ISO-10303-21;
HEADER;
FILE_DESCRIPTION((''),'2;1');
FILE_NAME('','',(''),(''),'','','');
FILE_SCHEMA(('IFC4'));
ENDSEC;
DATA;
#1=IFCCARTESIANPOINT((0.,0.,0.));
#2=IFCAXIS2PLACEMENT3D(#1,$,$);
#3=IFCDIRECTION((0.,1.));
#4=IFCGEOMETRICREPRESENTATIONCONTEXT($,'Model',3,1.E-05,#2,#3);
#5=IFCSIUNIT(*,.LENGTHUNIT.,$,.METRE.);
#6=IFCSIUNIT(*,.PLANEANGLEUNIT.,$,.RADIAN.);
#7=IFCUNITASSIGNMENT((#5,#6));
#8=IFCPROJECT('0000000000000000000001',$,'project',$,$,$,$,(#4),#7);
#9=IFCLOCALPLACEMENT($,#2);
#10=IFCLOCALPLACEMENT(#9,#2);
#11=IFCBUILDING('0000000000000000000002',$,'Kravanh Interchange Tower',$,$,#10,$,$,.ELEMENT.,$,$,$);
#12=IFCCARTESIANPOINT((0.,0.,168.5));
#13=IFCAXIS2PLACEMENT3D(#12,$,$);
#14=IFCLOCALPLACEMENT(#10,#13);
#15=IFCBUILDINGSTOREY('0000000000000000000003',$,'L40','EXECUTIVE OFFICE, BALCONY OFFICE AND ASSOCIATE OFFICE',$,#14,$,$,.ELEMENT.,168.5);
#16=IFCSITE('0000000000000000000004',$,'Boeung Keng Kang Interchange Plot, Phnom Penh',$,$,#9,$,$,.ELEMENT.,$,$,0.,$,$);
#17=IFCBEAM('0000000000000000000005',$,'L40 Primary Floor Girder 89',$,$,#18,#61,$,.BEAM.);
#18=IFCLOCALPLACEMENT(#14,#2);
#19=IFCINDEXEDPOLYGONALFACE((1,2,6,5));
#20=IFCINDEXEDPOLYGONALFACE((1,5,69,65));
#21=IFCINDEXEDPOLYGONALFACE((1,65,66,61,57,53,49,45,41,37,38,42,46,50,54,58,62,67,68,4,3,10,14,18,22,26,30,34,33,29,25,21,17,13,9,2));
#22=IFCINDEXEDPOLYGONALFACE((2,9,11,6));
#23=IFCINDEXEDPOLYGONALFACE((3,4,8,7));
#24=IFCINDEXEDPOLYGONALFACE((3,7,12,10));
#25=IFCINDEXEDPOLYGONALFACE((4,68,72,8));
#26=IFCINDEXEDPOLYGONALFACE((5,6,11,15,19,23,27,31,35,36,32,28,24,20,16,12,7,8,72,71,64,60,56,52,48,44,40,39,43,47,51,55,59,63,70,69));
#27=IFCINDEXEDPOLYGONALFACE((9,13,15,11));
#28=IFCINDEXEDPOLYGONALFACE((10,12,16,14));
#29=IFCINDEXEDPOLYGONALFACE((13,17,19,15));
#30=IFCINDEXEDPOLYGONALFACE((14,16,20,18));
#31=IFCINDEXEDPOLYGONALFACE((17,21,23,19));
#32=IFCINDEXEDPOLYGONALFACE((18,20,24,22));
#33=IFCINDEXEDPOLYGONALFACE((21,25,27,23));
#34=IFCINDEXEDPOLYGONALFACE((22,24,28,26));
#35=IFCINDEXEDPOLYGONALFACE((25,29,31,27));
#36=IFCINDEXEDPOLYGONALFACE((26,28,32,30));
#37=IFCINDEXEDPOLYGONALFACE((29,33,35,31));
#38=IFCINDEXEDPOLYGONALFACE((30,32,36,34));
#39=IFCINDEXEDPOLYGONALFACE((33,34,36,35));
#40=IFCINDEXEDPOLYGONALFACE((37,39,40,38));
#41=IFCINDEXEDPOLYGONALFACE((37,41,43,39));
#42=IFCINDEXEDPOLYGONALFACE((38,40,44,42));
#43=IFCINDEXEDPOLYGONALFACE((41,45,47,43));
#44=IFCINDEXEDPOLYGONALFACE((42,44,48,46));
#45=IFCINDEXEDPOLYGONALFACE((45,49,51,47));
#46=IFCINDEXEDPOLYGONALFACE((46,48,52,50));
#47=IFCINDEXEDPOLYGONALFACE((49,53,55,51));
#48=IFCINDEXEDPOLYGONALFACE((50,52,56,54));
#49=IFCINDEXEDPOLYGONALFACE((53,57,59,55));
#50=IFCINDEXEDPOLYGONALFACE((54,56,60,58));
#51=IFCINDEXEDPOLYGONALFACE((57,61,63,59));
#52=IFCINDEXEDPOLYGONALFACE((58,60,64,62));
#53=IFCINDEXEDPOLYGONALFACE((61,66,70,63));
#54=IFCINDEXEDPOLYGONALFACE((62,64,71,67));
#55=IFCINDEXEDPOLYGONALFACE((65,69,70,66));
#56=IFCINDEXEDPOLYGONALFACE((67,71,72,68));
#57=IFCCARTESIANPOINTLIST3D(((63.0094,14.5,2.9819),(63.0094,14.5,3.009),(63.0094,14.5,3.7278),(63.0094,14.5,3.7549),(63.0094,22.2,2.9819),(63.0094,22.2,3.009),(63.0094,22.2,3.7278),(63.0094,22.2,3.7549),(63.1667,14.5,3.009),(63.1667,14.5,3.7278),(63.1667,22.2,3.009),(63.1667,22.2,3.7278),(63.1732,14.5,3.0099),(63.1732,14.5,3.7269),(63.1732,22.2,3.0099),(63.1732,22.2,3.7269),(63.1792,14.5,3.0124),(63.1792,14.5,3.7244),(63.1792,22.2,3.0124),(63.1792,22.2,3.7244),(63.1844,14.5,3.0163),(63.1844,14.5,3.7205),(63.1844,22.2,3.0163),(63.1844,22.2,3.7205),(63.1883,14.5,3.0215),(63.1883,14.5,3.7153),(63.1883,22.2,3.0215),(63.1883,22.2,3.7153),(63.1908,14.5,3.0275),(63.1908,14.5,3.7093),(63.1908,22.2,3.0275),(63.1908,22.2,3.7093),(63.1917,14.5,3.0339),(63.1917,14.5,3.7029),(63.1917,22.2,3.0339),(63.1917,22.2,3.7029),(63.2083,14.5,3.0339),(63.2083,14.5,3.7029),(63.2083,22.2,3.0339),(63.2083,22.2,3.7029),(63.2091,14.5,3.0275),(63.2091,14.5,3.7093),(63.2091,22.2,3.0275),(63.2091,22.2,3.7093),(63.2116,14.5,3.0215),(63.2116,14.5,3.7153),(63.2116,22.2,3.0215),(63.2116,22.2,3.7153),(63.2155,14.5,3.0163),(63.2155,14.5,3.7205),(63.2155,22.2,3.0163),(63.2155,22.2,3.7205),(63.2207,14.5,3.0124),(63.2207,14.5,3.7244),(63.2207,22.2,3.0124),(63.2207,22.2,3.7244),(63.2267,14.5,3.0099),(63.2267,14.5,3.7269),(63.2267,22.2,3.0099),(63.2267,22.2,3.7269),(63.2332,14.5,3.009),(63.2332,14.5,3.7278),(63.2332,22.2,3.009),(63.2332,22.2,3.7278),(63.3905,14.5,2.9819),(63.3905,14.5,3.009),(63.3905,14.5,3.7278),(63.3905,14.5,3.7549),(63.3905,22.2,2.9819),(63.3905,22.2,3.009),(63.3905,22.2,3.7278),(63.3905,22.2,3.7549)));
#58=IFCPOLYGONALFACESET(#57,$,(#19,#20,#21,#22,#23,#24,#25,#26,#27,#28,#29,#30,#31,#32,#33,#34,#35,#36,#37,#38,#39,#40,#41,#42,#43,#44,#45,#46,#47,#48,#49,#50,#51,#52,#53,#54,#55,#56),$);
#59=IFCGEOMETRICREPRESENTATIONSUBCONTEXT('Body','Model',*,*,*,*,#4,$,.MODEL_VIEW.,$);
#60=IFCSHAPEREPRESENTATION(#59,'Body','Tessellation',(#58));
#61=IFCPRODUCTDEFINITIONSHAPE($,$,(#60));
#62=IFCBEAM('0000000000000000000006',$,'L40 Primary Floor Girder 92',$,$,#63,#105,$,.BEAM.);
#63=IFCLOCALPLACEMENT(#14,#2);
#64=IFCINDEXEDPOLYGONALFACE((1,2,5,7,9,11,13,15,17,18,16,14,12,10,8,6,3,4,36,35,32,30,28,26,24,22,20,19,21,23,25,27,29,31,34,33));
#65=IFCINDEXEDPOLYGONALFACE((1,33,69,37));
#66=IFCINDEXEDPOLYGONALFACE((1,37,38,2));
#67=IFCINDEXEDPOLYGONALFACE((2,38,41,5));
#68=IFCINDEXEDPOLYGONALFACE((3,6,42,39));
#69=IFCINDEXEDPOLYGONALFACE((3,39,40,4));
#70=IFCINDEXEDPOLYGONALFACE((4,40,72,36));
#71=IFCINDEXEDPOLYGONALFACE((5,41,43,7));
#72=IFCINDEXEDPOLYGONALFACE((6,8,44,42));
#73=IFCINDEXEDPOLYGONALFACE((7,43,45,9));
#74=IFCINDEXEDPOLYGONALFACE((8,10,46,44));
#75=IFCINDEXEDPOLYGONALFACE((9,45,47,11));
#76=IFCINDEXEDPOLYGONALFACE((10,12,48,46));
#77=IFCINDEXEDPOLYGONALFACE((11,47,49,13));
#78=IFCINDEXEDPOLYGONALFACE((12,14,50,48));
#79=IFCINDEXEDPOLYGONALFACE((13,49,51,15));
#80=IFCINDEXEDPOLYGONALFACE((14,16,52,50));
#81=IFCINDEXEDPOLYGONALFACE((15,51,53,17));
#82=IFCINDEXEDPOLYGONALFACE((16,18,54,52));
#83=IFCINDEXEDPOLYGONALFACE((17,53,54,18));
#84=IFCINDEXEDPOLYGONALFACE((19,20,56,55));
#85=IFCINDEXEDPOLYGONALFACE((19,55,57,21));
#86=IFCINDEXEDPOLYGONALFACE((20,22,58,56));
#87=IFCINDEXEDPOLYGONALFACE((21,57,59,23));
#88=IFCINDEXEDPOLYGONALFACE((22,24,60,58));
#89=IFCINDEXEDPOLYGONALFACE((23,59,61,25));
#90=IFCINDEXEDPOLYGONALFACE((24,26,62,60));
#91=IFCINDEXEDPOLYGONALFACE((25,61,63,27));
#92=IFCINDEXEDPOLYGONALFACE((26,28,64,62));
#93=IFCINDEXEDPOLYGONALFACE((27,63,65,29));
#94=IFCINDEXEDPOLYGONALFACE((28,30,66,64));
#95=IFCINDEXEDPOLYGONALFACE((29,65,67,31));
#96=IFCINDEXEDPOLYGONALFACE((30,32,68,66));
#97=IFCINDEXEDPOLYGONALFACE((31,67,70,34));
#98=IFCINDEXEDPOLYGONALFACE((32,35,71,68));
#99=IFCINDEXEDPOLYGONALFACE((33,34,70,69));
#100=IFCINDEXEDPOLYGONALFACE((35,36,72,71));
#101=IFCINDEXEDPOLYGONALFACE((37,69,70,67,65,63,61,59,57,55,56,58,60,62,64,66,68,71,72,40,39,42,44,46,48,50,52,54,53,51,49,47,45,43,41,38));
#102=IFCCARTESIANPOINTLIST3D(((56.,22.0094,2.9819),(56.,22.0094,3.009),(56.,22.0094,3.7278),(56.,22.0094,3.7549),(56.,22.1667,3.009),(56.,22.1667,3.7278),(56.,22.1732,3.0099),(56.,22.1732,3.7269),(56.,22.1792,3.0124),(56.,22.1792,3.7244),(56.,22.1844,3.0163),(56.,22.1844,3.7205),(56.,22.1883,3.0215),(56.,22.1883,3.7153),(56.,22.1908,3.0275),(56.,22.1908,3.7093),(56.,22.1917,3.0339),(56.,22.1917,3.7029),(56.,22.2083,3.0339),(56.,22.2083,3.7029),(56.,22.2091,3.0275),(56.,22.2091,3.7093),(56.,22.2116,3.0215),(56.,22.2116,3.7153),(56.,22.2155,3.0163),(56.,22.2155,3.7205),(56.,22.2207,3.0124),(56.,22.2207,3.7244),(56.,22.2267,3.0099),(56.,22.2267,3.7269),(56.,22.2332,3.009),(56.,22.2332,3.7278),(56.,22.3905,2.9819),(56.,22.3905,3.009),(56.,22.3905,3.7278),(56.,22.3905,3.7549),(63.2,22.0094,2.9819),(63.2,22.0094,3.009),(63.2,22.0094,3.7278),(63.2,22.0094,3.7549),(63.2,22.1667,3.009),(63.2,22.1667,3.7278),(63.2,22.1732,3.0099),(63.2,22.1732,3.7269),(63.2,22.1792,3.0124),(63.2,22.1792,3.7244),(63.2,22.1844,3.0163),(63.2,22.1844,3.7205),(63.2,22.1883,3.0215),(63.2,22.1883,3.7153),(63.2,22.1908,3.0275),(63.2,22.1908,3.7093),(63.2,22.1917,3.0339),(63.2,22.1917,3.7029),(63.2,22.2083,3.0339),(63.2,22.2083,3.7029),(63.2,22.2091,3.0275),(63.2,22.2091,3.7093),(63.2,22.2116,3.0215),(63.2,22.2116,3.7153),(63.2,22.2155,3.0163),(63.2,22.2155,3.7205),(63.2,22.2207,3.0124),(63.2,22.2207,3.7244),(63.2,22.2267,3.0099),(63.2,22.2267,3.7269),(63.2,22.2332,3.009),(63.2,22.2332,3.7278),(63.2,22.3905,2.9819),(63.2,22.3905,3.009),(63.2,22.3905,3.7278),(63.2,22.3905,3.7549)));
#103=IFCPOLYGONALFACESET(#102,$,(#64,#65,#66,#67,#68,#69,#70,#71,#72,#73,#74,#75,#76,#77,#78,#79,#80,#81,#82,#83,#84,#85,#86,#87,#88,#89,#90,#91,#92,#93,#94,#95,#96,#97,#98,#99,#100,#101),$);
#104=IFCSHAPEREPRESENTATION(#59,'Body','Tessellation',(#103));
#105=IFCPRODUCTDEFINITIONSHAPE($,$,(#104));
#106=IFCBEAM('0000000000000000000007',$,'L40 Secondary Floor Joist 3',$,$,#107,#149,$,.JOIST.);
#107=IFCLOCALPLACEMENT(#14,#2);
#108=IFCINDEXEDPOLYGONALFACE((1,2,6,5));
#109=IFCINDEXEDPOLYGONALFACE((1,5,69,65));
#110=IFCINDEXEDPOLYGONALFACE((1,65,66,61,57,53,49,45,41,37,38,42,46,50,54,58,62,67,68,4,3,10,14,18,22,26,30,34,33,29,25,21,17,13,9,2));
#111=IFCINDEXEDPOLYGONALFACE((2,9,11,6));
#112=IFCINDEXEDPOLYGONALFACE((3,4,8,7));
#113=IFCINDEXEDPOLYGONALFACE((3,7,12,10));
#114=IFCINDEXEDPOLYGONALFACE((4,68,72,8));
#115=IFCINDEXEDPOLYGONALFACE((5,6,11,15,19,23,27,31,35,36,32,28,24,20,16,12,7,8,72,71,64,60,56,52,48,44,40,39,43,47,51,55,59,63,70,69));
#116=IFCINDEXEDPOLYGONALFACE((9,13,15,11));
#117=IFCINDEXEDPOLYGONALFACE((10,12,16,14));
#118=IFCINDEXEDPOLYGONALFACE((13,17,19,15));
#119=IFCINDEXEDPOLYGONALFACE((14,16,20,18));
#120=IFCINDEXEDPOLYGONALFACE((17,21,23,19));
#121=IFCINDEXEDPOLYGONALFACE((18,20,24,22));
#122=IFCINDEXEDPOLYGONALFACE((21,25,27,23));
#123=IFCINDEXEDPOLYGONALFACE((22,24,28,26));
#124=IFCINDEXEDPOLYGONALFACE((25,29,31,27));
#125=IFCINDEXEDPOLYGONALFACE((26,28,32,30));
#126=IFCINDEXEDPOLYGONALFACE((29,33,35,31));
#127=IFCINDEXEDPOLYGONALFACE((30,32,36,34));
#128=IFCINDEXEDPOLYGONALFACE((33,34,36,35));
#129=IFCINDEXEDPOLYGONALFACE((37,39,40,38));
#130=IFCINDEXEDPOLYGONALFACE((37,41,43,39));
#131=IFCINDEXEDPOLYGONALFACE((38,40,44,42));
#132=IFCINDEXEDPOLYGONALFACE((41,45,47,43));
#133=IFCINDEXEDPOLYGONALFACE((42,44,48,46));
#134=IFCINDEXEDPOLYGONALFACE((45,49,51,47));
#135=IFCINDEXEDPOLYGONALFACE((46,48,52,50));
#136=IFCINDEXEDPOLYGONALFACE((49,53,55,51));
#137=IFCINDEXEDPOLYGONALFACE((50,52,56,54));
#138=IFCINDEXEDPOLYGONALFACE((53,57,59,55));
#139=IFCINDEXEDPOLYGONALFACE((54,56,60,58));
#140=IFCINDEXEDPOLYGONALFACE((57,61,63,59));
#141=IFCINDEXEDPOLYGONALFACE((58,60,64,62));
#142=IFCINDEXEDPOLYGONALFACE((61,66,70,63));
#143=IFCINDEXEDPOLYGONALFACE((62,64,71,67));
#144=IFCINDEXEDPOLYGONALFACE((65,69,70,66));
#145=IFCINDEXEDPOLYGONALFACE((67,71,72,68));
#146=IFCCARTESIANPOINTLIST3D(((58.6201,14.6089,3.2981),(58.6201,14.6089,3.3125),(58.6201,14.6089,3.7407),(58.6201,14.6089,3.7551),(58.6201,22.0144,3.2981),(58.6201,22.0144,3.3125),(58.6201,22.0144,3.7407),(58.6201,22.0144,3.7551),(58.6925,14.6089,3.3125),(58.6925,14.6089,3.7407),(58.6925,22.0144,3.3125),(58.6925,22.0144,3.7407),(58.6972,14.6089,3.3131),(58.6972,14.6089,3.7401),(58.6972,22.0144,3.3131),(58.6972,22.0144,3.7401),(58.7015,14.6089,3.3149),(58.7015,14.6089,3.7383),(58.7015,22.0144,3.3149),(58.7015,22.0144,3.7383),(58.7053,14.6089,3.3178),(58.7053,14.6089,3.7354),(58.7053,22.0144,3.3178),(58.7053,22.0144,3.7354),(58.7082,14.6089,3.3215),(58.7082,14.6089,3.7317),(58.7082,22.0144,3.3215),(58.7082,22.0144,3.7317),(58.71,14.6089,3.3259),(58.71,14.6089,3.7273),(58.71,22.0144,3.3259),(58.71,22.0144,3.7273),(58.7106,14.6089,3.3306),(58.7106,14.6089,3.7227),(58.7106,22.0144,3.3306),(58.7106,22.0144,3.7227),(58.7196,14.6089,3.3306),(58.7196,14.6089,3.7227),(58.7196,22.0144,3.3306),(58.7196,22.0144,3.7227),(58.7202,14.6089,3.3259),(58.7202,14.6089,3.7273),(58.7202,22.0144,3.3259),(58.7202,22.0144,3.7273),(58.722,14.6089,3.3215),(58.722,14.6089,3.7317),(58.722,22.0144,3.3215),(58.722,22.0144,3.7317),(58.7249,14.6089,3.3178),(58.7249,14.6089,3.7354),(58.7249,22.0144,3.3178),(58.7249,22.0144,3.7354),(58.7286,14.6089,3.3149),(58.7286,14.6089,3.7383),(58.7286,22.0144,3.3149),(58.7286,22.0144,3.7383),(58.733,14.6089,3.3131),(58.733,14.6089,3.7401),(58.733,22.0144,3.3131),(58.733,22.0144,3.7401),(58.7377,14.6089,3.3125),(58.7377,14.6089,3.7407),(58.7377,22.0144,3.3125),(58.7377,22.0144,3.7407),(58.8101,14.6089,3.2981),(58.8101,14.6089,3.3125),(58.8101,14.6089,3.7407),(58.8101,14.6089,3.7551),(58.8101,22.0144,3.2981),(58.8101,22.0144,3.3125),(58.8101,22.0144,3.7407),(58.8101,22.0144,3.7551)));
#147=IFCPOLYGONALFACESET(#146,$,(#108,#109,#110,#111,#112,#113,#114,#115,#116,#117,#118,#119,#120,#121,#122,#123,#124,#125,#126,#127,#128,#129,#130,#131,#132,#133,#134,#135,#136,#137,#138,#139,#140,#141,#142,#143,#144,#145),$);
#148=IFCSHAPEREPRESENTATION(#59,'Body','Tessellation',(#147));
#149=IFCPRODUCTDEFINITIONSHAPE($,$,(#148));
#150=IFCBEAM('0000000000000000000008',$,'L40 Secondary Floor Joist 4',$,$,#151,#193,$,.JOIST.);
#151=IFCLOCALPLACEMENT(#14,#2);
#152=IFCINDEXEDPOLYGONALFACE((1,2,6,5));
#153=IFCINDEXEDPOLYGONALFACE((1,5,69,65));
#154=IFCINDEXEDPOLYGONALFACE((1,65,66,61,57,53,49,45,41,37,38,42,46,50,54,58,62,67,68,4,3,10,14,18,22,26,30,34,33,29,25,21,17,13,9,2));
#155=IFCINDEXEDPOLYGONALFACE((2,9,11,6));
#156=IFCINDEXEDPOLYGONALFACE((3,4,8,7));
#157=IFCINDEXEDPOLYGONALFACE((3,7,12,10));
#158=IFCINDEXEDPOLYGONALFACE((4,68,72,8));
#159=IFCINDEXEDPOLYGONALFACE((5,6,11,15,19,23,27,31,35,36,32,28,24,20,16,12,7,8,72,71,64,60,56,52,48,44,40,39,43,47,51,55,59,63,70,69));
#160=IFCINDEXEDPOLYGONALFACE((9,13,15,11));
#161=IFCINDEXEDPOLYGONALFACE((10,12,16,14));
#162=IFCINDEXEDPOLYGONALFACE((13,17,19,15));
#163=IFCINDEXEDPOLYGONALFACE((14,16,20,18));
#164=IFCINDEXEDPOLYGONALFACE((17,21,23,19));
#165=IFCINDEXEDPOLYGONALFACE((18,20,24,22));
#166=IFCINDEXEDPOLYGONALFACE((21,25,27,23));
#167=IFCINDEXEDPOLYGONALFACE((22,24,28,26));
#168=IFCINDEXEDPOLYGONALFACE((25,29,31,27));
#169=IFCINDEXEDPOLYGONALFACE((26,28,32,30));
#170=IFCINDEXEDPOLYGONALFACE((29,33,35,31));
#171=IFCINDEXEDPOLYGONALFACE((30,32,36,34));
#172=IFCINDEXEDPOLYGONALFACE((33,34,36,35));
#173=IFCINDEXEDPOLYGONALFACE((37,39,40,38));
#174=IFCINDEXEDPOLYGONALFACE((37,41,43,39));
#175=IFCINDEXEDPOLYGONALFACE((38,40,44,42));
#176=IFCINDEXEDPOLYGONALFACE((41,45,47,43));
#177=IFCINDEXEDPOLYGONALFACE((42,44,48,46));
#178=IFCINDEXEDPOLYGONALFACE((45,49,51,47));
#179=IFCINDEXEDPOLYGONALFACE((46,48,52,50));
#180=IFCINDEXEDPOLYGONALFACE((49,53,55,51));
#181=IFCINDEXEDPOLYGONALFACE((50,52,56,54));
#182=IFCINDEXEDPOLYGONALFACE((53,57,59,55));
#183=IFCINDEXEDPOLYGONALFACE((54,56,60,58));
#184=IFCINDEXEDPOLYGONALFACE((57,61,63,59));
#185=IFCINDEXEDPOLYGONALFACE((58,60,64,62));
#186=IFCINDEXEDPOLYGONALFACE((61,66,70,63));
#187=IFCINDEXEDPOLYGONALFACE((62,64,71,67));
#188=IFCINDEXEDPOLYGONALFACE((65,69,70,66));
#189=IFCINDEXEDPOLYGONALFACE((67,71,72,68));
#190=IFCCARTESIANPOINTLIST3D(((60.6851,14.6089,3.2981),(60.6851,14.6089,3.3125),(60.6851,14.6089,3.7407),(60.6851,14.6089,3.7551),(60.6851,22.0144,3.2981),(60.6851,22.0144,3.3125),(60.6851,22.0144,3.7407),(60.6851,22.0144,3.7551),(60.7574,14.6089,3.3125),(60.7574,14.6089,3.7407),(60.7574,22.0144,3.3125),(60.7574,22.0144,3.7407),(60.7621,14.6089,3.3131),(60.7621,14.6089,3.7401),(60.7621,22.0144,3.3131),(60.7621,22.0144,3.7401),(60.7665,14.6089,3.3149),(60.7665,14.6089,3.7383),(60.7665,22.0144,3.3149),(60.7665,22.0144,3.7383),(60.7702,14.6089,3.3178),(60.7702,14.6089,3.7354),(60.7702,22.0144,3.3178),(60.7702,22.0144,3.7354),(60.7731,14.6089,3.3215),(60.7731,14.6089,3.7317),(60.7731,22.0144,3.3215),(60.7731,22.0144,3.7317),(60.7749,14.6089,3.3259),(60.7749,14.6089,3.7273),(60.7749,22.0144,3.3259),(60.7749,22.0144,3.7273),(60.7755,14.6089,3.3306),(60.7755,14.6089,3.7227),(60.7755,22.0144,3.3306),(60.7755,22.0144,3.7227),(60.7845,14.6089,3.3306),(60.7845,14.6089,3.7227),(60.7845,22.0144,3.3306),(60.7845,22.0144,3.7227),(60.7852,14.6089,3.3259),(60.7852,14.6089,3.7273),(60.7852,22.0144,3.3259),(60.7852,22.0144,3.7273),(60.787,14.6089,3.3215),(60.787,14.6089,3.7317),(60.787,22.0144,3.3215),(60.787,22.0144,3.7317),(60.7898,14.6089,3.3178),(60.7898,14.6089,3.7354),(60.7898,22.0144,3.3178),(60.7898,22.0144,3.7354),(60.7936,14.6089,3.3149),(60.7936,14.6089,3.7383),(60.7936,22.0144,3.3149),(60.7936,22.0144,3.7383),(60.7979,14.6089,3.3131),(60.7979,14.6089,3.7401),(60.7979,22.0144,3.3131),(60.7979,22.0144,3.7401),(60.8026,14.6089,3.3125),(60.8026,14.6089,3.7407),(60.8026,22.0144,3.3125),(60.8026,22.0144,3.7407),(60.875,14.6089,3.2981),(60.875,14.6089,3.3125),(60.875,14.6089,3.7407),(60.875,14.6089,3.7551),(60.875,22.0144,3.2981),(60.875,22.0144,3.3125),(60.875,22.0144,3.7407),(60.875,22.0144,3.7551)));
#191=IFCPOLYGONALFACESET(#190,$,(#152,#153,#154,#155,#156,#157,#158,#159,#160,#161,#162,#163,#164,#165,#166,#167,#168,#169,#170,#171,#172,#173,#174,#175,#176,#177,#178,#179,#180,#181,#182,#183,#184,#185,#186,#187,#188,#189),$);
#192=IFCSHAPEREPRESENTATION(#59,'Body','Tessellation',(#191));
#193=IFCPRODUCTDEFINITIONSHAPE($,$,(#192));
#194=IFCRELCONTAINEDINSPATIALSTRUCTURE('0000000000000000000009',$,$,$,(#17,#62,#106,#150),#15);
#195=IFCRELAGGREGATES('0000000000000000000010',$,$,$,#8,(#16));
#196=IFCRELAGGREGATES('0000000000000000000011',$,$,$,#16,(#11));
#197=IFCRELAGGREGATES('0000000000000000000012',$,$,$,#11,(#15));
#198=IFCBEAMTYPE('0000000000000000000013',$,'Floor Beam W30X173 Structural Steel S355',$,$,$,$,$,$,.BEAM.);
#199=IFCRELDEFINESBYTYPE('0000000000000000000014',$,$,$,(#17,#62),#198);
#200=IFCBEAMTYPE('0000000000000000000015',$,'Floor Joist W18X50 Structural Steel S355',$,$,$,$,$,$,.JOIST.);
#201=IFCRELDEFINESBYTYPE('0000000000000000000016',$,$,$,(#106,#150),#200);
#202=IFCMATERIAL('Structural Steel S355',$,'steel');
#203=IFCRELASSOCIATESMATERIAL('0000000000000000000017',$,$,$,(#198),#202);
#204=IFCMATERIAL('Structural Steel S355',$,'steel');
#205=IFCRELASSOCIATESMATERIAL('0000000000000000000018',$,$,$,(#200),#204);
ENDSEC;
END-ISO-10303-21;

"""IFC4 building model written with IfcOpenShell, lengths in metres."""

from ifc_helpers import new_model, si_unit, direction, frame, origin, origin_2d, place, context, subcontext, project, spatial, i_section, extrude, material, material_profile, profile_set, type_object, element, save


model = new_model("IFC4")

# Units and contexts
model_context = context("Model", 3, precision=1e-05, world=origin(), true_north=direction((0.0, 1.0)))
body_context = subcontext(model_context, "Body", "Model", "MODEL_VIEW")
ifc_project = project(units=[si_unit("LENGTHUNIT", "METRE"), si_unit("PLANEANGLEUNIT", "RADIAN")], contexts=[model_context])

# Site, building, storey
site_placement = place(None, origin())
site = spatial("IfcSite", under=ifc_project, at=site_placement, Name="Boeung Keng Kang Interchange Plot, Phnom Penh", CompositionType="ELEMENT", RefElevation=0.0)
building_placement = place(site_placement, origin())
building = spatial("IfcBuilding", under=site, at=building_placement, Name="Kravanh Interchange Tower", CompositionType="ELEMENT")
storey_placement = place(building_placement, frame((0.0, 0.0, 168.5)))
storey = spatial("IfcBuildingStorey", under=building, at=storey_placement, Name="L40", Description="EXECUTIVE OFFICE, BALCONY OFFICE AND ASSOCIATE OFFICE", CompositionType="ELEMENT", Elevation=168.5)

# Beams
ifc_material_1 = material(Name="Structural Steel S355", Category="steel")
ifc_material_profile_1 = material_profile(ifc_material_1, i_section(OverallWidth=0.3811, OverallDepth=0.7729, WebThickness=0.0166, FlangeThickness=0.0271, FilletRadius=0.0249, at=origin_2d()), Name="W30X173")
ifc_profile_set_1 = profile_set([ifc_material_profile_1], Name="Structural Steel S355")
beam_type_1 = type_object("IfcBeamType", Name="Floor Beam W30X173 Structural Steel S355", PredefinedType="BEAM", material=ifc_profile_set_1)
beam_1_placement = place(storey_placement, frame((63.2, 14.5, 3.3684), z_axis=(0.0, 1.0, 0.0), x_axis=(-1.0, 0.0, 0.0)))
element("IfcBeam", 1, at=beam_1_placement, inside=storey, type_object=beam_type_1, Name="L40 Primary Floor Girder 89", PredefinedType="BEAM", context=body_context, shape_type="SweptSolid", body=[
    extrude(i_section(OverallWidth=0.3811, OverallDepth=0.7729, WebThickness=0.0166, FlangeThickness=0.0271, FilletRadius=0.0249, at=origin_2d()), origin(), (0.0, 0.0, 1.0), 7.7),
])
beam_2_placement = place(storey_placement, frame((56.0, 22.2, 3.3684), z_axis=(1.0, 0.0, 0.0), x_axis=(0.0, 1.0, 0.0)))
element("IfcBeam", 2, at=beam_2_placement, inside=storey, type_object=beam_type_1, Name="L40 Primary Floor Girder 92", PredefinedType="BEAM", context=body_context, shape_type="SweptSolid", body=[
    extrude(i_section(OverallWidth=0.3811, OverallDepth=0.7729, WebThickness=0.0166, FlangeThickness=0.0271, FilletRadius=0.0249, at=origin_2d()), origin(), (0.0, 0.0, 1.0), 7.2),
])
ifc_material_2 = material(Name="Structural Steel S355", Category="steel")
ifc_material_profile_2 = material_profile(ifc_material_2, i_section(OverallWidth=0.1899, OverallDepth=0.457, WebThickness=0.009, FlangeThickness=0.0144, FilletRadius=0.0181, at=origin_2d()), Name="W18X50")
ifc_profile_set_2 = profile_set([ifc_material_profile_2], Name="Structural Steel S355")
beam_type_2 = type_object("IfcBeamType", Name="Floor Joist W18X50 Structural Steel S355", PredefinedType="JOIST", material=ifc_profile_set_2)
for number, where, z_axis, x_axis, name in (
    (3, (58.7151, 14.6089, 3.5266), (0.0, 1.0, 0.0), (-1.0, 0.0, 0.0), "L40 Secondary Floor Joist 3"),
    (4, (60.78, 14.6089, 3.5266), (0.0, 1.0, 0.0), (-1.0, 0.0, 0.0), "L40 Secondary Floor Joist 4"),
):
    element("IfcBeam", number, at=place(storey_placement, frame(where, z_axis=z_axis, x_axis=x_axis)), inside=storey, type_object=beam_type_2, Name=name, PredefinedType="JOIST", context=body_context, shape_type="SweptSolid", body=[
        extrude(i_section(OverallWidth=0.1899, OverallDepth=0.457, WebThickness=0.009, FlangeThickness=0.0144, FilletRadius=0.0181, at=origin_2d()), origin(), (0.0, 0.0, 1.0), 7.4055),
    ])

save(model, "model.ifc")
